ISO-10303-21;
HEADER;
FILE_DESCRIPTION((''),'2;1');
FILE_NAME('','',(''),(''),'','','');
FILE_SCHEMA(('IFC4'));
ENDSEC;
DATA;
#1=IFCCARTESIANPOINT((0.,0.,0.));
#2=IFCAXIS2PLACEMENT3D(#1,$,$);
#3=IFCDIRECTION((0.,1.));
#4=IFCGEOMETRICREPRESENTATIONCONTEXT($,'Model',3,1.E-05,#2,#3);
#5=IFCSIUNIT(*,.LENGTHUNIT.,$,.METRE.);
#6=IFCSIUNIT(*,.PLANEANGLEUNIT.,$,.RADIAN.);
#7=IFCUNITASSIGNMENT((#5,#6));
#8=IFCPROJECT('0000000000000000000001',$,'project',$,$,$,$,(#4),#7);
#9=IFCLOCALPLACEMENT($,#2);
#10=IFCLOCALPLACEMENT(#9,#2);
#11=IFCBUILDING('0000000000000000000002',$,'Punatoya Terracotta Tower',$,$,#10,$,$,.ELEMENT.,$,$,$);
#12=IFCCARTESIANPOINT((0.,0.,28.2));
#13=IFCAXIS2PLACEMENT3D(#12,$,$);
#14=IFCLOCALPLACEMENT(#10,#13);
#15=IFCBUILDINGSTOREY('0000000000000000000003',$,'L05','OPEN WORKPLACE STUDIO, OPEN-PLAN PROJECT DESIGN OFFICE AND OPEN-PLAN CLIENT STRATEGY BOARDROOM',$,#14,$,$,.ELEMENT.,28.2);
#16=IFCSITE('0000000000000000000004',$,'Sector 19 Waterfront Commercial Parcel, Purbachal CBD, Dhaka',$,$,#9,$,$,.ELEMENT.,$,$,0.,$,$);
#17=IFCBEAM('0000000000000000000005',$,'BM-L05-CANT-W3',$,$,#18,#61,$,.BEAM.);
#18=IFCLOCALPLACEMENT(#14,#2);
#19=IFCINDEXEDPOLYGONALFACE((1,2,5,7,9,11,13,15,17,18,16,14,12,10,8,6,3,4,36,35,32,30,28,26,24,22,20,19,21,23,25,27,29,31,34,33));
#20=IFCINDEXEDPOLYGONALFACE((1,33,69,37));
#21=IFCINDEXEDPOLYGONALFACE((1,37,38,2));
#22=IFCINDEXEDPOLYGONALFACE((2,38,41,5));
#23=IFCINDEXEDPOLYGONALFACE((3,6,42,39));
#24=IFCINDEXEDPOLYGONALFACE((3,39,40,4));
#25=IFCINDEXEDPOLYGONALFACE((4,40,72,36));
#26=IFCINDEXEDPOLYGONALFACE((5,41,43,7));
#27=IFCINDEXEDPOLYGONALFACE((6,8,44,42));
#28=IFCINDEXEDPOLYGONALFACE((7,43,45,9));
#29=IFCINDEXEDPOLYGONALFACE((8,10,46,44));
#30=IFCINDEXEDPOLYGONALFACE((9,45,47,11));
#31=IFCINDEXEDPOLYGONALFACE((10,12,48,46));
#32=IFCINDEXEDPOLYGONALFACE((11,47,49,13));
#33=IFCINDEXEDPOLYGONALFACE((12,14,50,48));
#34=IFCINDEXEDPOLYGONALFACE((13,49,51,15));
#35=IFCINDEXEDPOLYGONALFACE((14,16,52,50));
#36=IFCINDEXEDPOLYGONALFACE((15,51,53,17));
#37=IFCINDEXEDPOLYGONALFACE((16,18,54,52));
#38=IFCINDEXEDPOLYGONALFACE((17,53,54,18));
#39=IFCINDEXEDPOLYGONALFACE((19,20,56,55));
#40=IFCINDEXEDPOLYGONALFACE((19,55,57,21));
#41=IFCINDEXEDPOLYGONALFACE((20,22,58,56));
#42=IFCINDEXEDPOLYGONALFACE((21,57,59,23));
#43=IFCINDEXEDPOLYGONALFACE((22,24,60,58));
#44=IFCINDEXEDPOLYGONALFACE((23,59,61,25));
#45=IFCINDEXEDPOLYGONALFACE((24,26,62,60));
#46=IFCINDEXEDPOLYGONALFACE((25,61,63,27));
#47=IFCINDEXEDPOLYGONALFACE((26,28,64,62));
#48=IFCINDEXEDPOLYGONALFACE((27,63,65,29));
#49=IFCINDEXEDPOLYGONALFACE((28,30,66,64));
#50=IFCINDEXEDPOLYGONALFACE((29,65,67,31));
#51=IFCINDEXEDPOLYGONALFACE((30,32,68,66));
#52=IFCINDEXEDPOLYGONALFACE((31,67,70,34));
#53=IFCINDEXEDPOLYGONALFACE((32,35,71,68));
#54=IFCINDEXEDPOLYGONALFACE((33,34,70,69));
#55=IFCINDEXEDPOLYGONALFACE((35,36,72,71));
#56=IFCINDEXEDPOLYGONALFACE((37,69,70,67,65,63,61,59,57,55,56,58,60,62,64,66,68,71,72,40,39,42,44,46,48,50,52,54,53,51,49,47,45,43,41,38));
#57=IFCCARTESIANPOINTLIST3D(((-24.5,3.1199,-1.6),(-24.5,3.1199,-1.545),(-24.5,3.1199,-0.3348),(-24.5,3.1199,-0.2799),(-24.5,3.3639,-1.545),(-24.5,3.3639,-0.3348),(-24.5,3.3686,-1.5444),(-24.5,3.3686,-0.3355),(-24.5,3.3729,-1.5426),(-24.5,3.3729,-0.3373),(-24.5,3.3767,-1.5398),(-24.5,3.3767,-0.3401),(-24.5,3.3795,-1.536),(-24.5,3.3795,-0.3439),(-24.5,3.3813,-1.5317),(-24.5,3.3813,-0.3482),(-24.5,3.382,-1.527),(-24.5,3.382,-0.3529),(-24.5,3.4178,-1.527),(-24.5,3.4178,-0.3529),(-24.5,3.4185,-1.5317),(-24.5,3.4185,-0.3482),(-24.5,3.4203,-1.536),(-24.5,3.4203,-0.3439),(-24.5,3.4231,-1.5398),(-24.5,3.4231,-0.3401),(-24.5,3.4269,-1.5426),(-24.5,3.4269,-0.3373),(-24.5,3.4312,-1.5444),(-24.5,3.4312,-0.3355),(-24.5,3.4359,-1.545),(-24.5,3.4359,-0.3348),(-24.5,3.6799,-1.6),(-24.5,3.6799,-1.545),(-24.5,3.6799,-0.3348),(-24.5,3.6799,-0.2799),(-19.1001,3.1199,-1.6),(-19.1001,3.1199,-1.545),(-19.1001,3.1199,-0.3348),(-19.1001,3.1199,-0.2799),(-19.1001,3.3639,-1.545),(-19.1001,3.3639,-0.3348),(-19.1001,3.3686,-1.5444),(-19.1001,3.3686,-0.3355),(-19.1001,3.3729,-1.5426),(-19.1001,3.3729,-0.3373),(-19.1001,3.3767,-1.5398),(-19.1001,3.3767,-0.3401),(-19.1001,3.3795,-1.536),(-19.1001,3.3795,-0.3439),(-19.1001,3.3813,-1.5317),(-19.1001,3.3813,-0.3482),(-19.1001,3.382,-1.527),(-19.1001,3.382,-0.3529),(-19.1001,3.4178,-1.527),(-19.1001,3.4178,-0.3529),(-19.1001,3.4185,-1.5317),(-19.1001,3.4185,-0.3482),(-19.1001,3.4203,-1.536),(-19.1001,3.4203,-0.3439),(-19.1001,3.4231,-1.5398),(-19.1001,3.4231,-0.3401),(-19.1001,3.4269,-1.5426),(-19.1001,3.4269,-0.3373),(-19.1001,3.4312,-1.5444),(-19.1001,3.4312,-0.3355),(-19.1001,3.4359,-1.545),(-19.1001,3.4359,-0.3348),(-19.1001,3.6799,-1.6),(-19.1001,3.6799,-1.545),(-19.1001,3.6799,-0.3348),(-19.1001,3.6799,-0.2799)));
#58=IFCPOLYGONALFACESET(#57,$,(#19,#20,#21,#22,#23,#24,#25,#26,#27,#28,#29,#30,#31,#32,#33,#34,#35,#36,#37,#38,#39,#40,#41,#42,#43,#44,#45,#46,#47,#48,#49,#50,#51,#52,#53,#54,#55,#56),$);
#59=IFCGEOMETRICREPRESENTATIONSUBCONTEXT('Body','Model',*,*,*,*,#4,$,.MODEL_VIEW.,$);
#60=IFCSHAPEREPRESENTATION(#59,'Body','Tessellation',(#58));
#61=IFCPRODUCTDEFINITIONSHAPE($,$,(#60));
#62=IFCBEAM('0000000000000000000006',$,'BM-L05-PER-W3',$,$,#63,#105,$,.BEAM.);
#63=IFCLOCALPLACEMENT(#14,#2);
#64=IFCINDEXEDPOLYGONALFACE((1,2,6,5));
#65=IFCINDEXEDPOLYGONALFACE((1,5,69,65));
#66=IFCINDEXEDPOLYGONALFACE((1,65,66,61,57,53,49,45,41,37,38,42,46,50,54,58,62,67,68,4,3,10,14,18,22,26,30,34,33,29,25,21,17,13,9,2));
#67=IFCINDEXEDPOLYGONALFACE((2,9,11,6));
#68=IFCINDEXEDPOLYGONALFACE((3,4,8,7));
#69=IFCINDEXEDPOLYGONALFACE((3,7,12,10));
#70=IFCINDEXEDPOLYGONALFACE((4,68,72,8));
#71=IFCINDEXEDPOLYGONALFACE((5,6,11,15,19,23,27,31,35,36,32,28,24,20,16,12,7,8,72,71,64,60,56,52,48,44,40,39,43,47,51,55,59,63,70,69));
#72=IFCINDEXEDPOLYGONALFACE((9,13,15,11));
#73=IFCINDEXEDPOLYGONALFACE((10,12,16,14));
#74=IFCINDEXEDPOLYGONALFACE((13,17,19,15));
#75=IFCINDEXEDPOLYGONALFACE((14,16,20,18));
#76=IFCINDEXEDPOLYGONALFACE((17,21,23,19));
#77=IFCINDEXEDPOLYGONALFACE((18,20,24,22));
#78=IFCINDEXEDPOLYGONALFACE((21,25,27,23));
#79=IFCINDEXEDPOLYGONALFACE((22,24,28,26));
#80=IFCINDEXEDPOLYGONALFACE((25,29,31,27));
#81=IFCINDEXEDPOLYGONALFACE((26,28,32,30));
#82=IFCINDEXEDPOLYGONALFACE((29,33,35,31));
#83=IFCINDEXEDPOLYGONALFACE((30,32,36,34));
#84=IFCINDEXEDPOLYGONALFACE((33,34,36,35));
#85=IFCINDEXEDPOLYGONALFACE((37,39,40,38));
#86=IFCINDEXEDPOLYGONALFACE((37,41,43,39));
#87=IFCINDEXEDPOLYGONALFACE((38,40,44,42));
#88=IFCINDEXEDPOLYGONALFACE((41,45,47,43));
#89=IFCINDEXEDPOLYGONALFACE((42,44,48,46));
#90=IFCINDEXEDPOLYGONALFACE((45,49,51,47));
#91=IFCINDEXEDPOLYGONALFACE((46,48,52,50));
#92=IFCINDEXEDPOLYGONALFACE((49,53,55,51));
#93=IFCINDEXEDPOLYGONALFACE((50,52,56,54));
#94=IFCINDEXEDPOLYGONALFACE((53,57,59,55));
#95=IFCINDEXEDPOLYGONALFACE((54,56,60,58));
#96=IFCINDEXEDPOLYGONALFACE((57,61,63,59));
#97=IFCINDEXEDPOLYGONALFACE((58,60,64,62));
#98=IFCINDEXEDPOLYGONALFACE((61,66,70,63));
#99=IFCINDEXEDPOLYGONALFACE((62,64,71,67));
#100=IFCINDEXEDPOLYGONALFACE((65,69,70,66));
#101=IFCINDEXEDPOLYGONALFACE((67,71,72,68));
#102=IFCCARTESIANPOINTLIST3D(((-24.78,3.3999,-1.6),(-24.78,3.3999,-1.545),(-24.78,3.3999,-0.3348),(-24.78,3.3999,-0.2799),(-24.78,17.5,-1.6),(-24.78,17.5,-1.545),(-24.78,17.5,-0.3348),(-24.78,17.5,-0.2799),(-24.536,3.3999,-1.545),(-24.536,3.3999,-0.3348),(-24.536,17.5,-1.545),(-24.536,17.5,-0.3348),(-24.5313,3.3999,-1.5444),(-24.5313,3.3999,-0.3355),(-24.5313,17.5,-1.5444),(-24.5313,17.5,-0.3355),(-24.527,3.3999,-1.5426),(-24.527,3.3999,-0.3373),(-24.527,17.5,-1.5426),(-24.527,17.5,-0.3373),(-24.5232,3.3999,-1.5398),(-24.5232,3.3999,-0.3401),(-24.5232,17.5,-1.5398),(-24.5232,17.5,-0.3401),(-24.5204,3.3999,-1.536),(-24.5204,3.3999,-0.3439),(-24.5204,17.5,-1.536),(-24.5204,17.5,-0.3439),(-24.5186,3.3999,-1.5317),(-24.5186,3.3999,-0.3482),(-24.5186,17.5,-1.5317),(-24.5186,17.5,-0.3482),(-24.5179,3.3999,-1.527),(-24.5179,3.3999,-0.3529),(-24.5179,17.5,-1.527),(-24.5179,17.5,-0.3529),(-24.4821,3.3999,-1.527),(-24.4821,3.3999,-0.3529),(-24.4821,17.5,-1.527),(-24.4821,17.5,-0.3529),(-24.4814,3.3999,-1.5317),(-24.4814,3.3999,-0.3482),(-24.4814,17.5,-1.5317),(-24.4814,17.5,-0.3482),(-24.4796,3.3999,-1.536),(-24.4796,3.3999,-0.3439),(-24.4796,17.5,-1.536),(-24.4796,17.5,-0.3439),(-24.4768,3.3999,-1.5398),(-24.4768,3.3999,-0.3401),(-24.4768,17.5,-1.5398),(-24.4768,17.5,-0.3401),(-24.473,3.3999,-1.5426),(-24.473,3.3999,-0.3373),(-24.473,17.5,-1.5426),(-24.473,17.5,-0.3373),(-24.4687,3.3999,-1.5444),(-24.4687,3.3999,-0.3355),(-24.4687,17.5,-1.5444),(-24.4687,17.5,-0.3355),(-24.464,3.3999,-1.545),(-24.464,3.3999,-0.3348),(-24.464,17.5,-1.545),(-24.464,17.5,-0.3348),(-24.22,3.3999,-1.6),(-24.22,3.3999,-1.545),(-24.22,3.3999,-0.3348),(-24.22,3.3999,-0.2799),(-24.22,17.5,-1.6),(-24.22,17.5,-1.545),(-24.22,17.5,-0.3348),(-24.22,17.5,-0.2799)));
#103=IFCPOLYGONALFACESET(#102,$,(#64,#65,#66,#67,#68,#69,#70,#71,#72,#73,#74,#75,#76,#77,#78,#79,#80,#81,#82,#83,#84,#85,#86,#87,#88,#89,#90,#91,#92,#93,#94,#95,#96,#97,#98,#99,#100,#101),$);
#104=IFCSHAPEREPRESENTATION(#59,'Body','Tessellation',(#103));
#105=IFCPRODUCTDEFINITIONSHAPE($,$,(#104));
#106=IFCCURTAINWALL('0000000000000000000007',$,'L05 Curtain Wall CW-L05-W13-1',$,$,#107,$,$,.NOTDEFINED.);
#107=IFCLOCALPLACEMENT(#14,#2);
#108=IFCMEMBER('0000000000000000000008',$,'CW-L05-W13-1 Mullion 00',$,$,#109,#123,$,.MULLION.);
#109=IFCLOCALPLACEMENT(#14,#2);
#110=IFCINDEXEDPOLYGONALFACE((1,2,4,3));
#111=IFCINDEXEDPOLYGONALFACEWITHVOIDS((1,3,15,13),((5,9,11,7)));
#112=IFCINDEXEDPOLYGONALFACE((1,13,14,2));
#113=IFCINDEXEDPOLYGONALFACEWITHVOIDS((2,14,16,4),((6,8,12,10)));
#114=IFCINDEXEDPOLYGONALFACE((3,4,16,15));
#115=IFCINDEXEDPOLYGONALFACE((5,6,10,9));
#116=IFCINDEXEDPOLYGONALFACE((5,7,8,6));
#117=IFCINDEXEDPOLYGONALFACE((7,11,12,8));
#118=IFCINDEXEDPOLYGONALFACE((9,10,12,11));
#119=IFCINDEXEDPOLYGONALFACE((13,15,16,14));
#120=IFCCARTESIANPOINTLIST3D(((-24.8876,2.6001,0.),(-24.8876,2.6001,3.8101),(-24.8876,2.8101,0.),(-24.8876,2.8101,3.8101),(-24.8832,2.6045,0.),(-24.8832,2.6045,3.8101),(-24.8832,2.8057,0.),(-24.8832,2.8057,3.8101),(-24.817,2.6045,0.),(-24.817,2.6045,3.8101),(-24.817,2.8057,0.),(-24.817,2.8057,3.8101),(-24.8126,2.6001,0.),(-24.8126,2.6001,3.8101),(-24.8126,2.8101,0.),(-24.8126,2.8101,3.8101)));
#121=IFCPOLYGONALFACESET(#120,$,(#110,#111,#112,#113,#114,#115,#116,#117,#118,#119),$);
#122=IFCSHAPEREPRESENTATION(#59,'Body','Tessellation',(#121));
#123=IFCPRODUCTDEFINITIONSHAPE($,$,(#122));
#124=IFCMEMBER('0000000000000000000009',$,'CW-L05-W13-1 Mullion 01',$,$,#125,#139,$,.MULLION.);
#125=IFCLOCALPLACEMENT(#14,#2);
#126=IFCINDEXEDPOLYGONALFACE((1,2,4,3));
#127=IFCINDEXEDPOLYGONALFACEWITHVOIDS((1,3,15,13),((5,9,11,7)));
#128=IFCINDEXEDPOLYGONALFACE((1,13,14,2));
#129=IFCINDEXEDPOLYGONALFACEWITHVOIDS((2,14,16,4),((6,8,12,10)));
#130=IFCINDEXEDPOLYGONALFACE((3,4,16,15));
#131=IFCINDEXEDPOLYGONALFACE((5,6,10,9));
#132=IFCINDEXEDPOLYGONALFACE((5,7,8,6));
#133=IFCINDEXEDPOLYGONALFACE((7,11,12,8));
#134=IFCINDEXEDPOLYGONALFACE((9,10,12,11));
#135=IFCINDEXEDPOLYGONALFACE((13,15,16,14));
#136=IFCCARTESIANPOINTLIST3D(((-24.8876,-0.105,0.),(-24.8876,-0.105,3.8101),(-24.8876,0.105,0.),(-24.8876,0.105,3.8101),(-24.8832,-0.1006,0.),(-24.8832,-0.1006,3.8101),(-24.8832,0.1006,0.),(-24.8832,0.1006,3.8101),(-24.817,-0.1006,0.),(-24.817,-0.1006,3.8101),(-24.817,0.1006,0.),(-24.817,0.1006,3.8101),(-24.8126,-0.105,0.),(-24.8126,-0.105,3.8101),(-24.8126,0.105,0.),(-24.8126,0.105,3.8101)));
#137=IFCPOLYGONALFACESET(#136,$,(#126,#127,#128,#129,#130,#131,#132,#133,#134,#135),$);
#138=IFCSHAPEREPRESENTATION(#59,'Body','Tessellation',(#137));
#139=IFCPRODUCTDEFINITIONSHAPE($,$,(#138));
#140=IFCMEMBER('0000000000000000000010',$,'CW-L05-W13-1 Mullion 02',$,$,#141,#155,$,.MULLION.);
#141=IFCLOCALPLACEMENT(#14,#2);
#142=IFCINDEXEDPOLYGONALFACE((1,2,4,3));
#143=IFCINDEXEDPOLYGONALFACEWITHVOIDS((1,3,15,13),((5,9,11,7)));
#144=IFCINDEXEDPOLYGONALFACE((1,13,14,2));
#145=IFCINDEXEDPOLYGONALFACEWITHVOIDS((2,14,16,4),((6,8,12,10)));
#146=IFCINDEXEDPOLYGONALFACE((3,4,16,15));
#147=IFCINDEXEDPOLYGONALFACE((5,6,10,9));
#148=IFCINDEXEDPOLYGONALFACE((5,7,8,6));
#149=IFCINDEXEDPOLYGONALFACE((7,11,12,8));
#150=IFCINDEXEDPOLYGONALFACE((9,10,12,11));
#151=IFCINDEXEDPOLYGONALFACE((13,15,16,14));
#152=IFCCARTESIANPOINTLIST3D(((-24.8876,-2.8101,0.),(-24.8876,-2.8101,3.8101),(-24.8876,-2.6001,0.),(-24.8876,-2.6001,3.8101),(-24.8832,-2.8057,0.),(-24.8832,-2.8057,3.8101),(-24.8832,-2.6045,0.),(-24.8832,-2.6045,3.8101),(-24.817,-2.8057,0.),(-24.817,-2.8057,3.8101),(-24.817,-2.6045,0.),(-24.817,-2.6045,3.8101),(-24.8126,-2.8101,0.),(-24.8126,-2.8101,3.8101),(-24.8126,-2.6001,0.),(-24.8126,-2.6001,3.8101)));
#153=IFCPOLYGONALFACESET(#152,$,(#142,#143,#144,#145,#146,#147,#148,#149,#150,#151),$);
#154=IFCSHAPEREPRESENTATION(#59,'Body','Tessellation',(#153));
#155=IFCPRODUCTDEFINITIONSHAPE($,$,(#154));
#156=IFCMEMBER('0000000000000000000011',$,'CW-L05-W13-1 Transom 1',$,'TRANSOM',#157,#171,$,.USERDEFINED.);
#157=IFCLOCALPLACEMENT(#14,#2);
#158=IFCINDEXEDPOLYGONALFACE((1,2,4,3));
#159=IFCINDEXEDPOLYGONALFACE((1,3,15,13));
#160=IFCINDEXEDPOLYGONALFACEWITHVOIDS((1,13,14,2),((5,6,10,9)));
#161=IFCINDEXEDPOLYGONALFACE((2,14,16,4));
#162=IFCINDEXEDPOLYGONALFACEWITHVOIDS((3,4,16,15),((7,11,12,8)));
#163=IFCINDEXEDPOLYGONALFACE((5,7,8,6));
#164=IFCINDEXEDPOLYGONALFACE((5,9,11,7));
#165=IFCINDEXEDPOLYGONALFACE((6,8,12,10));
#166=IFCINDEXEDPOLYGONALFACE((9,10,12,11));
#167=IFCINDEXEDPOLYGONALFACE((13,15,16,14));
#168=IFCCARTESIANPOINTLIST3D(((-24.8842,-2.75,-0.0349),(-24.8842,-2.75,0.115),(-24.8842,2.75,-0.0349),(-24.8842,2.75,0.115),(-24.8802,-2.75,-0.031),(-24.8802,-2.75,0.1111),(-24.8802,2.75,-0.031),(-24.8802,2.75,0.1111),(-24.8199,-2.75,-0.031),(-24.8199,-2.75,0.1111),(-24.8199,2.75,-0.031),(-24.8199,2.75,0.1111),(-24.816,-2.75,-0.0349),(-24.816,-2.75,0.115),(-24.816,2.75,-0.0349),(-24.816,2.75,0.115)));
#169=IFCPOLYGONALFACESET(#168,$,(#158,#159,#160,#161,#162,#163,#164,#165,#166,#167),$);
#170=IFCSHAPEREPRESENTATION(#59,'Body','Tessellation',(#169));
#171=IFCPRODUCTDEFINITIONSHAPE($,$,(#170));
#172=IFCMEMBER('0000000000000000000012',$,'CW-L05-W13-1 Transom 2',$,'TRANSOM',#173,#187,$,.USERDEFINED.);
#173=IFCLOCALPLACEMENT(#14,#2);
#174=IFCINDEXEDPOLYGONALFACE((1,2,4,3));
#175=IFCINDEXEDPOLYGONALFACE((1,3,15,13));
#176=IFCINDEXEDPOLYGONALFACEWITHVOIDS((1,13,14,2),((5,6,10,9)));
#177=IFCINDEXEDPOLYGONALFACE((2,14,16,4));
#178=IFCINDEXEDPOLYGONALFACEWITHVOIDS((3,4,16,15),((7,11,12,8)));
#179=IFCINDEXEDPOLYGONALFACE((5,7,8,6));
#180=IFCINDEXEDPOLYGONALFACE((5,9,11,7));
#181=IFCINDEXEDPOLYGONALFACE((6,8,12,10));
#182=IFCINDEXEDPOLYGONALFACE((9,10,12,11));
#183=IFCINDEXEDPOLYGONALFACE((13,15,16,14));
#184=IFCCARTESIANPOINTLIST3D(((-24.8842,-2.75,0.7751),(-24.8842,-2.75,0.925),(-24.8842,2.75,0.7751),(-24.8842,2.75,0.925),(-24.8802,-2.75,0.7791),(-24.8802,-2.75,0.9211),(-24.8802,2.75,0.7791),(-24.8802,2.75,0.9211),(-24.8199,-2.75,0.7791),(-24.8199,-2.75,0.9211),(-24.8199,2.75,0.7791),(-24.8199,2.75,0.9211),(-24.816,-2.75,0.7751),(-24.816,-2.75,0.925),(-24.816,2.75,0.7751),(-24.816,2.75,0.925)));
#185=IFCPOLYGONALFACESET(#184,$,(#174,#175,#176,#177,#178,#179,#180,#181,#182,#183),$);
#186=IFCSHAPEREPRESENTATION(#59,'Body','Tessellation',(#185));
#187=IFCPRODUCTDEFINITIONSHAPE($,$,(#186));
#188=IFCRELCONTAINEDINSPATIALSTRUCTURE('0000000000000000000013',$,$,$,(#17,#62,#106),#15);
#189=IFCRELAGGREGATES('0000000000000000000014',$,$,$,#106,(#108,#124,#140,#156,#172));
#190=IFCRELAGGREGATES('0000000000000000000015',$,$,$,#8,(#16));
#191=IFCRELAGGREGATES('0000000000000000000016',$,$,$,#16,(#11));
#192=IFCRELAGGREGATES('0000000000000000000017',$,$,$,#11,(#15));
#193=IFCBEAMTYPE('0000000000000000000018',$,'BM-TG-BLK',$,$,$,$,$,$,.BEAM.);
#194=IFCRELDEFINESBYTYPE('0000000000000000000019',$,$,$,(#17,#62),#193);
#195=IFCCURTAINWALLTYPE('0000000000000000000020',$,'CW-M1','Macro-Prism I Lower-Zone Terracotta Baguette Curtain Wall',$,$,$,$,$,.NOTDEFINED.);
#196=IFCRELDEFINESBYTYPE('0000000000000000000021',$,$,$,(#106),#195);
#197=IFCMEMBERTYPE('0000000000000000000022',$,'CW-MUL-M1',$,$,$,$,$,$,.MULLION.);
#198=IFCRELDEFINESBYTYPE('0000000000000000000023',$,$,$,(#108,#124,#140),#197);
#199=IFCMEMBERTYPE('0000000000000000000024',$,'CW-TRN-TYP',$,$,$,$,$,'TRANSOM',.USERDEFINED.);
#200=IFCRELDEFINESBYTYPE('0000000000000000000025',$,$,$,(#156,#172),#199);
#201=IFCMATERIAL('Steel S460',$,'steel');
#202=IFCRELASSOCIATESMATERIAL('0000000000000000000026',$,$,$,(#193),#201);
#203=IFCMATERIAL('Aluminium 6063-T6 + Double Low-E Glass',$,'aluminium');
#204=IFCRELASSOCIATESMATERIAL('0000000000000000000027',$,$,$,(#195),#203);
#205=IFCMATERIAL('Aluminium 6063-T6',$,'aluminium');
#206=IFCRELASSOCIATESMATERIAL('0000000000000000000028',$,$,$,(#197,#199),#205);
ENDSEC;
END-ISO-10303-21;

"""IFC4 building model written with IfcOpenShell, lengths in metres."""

from ifc_helpers import new_model, si_unit, direction, frame, origin, origin_2d, place, context, subcontext, project, spatial, hollow_rectangle, i_section, extrude, material, material_profile, profile_set, type_object, element, aggregate, save


model = new_model("IFC4")

# Units and contexts
model_context = context("Model", 3, precision=1e-05, world=origin(), true_north=direction((0.0, 1.0)))
body_context = subcontext(model_context, "Body", "Model", "MODEL_VIEW")
ifc_project = project(units=[si_unit("LENGTHUNIT", "METRE"), si_unit("PLANEANGLEUNIT", "RADIAN")], contexts=[model_context])

# Site, building, storey
site_placement = place(None, origin())
site = spatial("IfcSite", under=ifc_project, at=site_placement, Name="Sector 19 Waterfront Commercial Parcel, Purbachal CBD, Dhaka", CompositionType="ELEMENT", RefElevation=0.0)
building_placement = place(site_placement, origin())
building = spatial("IfcBuilding", under=site, at=building_placement, Name="Punatoya Terracotta Tower", CompositionType="ELEMENT")
storey_placement = place(building_placement, frame((0.0, 0.0, 28.2)))
storey = spatial("IfcBuildingStorey", under=building, at=storey_placement, Name="L05", Description="OPEN WORKPLACE STUDIO, OPEN-PLAN PROJECT DESIGN OFFICE AND OPEN-PLAN CLIENT STRATEGY BOARDROOM", CompositionType="ELEMENT", Elevation=28.2)

# Shared definitions
ifc_material_1 = material(Name="Steel S460", Category="steel")

# Beams
ifc_material_profile_1 = material_profile(ifc_material_1, i_section(OverallWidth=0.5601, OverallDepth=1.3201, WebThickness=0.0359, FlangeThickness=0.0549, FilletRadius=0.0181, at=origin_2d()))
ifc_profile_set_1 = profile_set([ifc_material_profile_1], Name="Steel S460")
beam_type_1 = type_object("IfcBeamType", Name="BM-TG-BLK", PredefinedType="BEAM", material=ifc_profile_set_1)
beam_1_placement = place(storey_placement, frame((-24.5, 3.3999, -0.9399), z_axis=(1.0, 0.0, 0.0), x_axis=(0.0, 1.0, 0.0)))
element("IfcBeam", 1, at=beam_1_placement, inside=storey, type_object=beam_type_1, Name="BM-L05-CANT-W3", PredefinedType="BEAM", context=body_context, shape_type="SweptSolid", body=[
    extrude(i_section(OverallWidth=0.5601, OverallDepth=1.3201, WebThickness=0.0359, FlangeThickness=0.0549, FilletRadius=0.0181, at=origin_2d()), origin(), (0.0, 0.0, 1.0), 5.3999),
])
beam_2_placement = place(storey_placement, frame((-24.5, 3.3999, -0.9399), z_axis=(0.0, 1.0, 0.0), x_axis=(-1.0, 0.0, 0.0)))
element("IfcBeam", 2, at=beam_2_placement, inside=storey, type_object=beam_type_1, Name="BM-L05-PER-W3", PredefinedType="BEAM", context=body_context, shape_type="SweptSolid", body=[
    extrude(i_section(OverallWidth=0.5601, OverallDepth=1.3201, WebThickness=0.0359, FlangeThickness=0.0549, FilletRadius=0.0181, at=origin_2d()), origin(), (0.0, 0.0, 1.0), 14.1001),
])

# Curtain wall, members
ifc_material_2 = material(Name="Aluminium 6063-T6 + Double Low-E Glass", Category="aluminium")
curtain_wall_type = type_object("IfcCurtainWallType", Name="CW-M1", Description="Macro-Prism I Lower-Zone Terracotta Baguette Curtain Wall", PredefinedType="NOTDEFINED", material=ifc_material_2)
curtain_wall_placement = place(storey_placement, origin())
curtain_wall = element("IfcCurtainWall", 3, at=curtain_wall_placement, inside=storey, type_object=curtain_wall_type, Name="L05 Curtain Wall CW-L05-W13-1", PredefinedType="NOTDEFINED")
ifc_material_3 = material(Name="Aluminium 6063-T6", Category="aluminium")
ifc_material_profile_2 = material_profile(ifc_material_3, hollow_rectangle(XDim=0.075, YDim=0.21, WallThickness=0.0044, at=origin_2d()))
ifc_profile_set_2 = profile_set([ifc_material_profile_2], Name="Aluminium 6063-T6")
member_type_1 = type_object("IfcMemberType", Name="CW-MUL-M1", PredefinedType="MULLION", material=ifc_profile_set_2)
member_1_placement = place(storey_placement, frame((-24.8501, 2.7051, 0.0), z_axis=(0.0, 0.0, 1.0), x_axis=(1.0, 0.0, 0.0)))
member_1 = element("IfcMember", 4, at=member_1_placement, type_object=member_type_1, Name="CW-L05-W13-1 Mullion 00", PredefinedType="MULLION", context=body_context, shape_type="SweptSolid", body=[
    extrude(hollow_rectangle(XDim=0.075, YDim=0.21, WallThickness=0.0044, at=origin_2d()), origin(), (0.0, 0.0, 1.0), 3.8101),
])
member_2_placement = place(storey_placement, frame((-24.8501, 0.0, 0.0), z_axis=(0.0, 0.0, 1.0), x_axis=(1.0, 0.0, 0.0)))
member_2 = element("IfcMember", 5, at=member_2_placement, type_object=member_type_1, Name="CW-L05-W13-1 Mullion 01", PredefinedType="MULLION", context=body_context, shape_type="SweptSolid", body=[
    extrude(hollow_rectangle(XDim=0.075, YDim=0.21, WallThickness=0.0044, at=origin_2d()), origin(), (0.0, 0.0, 1.0), 3.8101),
])
member_3_placement = place(storey_placement, frame((-24.8501, -2.7051, 0.0), z_axis=(0.0, 0.0, 1.0), x_axis=(1.0, 0.0, 0.0)))
member_3 = element("IfcMember", 6, at=member_3_placement, type_object=member_type_1, Name="CW-L05-W13-1 Mullion 02", PredefinedType="MULLION", context=body_context, shape_type="SweptSolid", body=[
    extrude(hollow_rectangle(XDim=0.075, YDim=0.21, WallThickness=0.0044, at=origin_2d()), origin(), (0.0, 0.0, 1.0), 3.8101),
])
ifc_material_profile_3 = material_profile(ifc_material_3, hollow_rectangle(XDim=0.0681, YDim=0.1499, WallThickness=0.0039, at=origin_2d()))
ifc_profile_set_3 = profile_set([ifc_material_profile_3], Name="Aluminium 6063-T6")
member_type_2 = type_object("IfcMemberType", Name="CW-TRN-TYP", ElementType="TRANSOM", PredefinedType="USERDEFINED", material=ifc_profile_set_3)
member_4_placement = place(storey_placement, frame((-24.8501, 2.75, 0.04), z_axis=(0.0, -1.0, 0.0), x_axis=(1.0, 0.0, 0.0)))
member_4 = element("IfcMember", 7, at=member_4_placement, type_object=member_type_2, Name="CW-L05-W13-1 Transom 1", ObjectType="TRANSOM", PredefinedType="USERDEFINED", context=body_context, shape_type="SweptSolid", body=[
    extrude(hollow_rectangle(XDim=0.0681, YDim=0.1499, WallThickness=0.0039, at=origin_2d()), origin(), (0.0, 0.0, 1.0), 5.5),
])
member_5_placement = place(storey_placement, frame((-24.8501, 2.75, 0.8501), z_axis=(0.0, -1.0, 0.0), x_axis=(1.0, 0.0, 0.0)))
member_5 = element("IfcMember", 8, at=member_5_placement, type_object=member_type_2, Name="CW-L05-W13-1 Transom 2", ObjectType="TRANSOM", PredefinedType="USERDEFINED", context=body_context, shape_type="SweptSolid", body=[
    extrude(hollow_rectangle(XDim=0.0681, YDim=0.1499, WallThickness=0.0039, at=origin_2d()), origin(), (0.0, 0.0, 1.0), 5.5),
])

aggregate(curtain_wall, [member_1, member_2, member_3, member_4, member_5])

save(model, "model.ifc")
